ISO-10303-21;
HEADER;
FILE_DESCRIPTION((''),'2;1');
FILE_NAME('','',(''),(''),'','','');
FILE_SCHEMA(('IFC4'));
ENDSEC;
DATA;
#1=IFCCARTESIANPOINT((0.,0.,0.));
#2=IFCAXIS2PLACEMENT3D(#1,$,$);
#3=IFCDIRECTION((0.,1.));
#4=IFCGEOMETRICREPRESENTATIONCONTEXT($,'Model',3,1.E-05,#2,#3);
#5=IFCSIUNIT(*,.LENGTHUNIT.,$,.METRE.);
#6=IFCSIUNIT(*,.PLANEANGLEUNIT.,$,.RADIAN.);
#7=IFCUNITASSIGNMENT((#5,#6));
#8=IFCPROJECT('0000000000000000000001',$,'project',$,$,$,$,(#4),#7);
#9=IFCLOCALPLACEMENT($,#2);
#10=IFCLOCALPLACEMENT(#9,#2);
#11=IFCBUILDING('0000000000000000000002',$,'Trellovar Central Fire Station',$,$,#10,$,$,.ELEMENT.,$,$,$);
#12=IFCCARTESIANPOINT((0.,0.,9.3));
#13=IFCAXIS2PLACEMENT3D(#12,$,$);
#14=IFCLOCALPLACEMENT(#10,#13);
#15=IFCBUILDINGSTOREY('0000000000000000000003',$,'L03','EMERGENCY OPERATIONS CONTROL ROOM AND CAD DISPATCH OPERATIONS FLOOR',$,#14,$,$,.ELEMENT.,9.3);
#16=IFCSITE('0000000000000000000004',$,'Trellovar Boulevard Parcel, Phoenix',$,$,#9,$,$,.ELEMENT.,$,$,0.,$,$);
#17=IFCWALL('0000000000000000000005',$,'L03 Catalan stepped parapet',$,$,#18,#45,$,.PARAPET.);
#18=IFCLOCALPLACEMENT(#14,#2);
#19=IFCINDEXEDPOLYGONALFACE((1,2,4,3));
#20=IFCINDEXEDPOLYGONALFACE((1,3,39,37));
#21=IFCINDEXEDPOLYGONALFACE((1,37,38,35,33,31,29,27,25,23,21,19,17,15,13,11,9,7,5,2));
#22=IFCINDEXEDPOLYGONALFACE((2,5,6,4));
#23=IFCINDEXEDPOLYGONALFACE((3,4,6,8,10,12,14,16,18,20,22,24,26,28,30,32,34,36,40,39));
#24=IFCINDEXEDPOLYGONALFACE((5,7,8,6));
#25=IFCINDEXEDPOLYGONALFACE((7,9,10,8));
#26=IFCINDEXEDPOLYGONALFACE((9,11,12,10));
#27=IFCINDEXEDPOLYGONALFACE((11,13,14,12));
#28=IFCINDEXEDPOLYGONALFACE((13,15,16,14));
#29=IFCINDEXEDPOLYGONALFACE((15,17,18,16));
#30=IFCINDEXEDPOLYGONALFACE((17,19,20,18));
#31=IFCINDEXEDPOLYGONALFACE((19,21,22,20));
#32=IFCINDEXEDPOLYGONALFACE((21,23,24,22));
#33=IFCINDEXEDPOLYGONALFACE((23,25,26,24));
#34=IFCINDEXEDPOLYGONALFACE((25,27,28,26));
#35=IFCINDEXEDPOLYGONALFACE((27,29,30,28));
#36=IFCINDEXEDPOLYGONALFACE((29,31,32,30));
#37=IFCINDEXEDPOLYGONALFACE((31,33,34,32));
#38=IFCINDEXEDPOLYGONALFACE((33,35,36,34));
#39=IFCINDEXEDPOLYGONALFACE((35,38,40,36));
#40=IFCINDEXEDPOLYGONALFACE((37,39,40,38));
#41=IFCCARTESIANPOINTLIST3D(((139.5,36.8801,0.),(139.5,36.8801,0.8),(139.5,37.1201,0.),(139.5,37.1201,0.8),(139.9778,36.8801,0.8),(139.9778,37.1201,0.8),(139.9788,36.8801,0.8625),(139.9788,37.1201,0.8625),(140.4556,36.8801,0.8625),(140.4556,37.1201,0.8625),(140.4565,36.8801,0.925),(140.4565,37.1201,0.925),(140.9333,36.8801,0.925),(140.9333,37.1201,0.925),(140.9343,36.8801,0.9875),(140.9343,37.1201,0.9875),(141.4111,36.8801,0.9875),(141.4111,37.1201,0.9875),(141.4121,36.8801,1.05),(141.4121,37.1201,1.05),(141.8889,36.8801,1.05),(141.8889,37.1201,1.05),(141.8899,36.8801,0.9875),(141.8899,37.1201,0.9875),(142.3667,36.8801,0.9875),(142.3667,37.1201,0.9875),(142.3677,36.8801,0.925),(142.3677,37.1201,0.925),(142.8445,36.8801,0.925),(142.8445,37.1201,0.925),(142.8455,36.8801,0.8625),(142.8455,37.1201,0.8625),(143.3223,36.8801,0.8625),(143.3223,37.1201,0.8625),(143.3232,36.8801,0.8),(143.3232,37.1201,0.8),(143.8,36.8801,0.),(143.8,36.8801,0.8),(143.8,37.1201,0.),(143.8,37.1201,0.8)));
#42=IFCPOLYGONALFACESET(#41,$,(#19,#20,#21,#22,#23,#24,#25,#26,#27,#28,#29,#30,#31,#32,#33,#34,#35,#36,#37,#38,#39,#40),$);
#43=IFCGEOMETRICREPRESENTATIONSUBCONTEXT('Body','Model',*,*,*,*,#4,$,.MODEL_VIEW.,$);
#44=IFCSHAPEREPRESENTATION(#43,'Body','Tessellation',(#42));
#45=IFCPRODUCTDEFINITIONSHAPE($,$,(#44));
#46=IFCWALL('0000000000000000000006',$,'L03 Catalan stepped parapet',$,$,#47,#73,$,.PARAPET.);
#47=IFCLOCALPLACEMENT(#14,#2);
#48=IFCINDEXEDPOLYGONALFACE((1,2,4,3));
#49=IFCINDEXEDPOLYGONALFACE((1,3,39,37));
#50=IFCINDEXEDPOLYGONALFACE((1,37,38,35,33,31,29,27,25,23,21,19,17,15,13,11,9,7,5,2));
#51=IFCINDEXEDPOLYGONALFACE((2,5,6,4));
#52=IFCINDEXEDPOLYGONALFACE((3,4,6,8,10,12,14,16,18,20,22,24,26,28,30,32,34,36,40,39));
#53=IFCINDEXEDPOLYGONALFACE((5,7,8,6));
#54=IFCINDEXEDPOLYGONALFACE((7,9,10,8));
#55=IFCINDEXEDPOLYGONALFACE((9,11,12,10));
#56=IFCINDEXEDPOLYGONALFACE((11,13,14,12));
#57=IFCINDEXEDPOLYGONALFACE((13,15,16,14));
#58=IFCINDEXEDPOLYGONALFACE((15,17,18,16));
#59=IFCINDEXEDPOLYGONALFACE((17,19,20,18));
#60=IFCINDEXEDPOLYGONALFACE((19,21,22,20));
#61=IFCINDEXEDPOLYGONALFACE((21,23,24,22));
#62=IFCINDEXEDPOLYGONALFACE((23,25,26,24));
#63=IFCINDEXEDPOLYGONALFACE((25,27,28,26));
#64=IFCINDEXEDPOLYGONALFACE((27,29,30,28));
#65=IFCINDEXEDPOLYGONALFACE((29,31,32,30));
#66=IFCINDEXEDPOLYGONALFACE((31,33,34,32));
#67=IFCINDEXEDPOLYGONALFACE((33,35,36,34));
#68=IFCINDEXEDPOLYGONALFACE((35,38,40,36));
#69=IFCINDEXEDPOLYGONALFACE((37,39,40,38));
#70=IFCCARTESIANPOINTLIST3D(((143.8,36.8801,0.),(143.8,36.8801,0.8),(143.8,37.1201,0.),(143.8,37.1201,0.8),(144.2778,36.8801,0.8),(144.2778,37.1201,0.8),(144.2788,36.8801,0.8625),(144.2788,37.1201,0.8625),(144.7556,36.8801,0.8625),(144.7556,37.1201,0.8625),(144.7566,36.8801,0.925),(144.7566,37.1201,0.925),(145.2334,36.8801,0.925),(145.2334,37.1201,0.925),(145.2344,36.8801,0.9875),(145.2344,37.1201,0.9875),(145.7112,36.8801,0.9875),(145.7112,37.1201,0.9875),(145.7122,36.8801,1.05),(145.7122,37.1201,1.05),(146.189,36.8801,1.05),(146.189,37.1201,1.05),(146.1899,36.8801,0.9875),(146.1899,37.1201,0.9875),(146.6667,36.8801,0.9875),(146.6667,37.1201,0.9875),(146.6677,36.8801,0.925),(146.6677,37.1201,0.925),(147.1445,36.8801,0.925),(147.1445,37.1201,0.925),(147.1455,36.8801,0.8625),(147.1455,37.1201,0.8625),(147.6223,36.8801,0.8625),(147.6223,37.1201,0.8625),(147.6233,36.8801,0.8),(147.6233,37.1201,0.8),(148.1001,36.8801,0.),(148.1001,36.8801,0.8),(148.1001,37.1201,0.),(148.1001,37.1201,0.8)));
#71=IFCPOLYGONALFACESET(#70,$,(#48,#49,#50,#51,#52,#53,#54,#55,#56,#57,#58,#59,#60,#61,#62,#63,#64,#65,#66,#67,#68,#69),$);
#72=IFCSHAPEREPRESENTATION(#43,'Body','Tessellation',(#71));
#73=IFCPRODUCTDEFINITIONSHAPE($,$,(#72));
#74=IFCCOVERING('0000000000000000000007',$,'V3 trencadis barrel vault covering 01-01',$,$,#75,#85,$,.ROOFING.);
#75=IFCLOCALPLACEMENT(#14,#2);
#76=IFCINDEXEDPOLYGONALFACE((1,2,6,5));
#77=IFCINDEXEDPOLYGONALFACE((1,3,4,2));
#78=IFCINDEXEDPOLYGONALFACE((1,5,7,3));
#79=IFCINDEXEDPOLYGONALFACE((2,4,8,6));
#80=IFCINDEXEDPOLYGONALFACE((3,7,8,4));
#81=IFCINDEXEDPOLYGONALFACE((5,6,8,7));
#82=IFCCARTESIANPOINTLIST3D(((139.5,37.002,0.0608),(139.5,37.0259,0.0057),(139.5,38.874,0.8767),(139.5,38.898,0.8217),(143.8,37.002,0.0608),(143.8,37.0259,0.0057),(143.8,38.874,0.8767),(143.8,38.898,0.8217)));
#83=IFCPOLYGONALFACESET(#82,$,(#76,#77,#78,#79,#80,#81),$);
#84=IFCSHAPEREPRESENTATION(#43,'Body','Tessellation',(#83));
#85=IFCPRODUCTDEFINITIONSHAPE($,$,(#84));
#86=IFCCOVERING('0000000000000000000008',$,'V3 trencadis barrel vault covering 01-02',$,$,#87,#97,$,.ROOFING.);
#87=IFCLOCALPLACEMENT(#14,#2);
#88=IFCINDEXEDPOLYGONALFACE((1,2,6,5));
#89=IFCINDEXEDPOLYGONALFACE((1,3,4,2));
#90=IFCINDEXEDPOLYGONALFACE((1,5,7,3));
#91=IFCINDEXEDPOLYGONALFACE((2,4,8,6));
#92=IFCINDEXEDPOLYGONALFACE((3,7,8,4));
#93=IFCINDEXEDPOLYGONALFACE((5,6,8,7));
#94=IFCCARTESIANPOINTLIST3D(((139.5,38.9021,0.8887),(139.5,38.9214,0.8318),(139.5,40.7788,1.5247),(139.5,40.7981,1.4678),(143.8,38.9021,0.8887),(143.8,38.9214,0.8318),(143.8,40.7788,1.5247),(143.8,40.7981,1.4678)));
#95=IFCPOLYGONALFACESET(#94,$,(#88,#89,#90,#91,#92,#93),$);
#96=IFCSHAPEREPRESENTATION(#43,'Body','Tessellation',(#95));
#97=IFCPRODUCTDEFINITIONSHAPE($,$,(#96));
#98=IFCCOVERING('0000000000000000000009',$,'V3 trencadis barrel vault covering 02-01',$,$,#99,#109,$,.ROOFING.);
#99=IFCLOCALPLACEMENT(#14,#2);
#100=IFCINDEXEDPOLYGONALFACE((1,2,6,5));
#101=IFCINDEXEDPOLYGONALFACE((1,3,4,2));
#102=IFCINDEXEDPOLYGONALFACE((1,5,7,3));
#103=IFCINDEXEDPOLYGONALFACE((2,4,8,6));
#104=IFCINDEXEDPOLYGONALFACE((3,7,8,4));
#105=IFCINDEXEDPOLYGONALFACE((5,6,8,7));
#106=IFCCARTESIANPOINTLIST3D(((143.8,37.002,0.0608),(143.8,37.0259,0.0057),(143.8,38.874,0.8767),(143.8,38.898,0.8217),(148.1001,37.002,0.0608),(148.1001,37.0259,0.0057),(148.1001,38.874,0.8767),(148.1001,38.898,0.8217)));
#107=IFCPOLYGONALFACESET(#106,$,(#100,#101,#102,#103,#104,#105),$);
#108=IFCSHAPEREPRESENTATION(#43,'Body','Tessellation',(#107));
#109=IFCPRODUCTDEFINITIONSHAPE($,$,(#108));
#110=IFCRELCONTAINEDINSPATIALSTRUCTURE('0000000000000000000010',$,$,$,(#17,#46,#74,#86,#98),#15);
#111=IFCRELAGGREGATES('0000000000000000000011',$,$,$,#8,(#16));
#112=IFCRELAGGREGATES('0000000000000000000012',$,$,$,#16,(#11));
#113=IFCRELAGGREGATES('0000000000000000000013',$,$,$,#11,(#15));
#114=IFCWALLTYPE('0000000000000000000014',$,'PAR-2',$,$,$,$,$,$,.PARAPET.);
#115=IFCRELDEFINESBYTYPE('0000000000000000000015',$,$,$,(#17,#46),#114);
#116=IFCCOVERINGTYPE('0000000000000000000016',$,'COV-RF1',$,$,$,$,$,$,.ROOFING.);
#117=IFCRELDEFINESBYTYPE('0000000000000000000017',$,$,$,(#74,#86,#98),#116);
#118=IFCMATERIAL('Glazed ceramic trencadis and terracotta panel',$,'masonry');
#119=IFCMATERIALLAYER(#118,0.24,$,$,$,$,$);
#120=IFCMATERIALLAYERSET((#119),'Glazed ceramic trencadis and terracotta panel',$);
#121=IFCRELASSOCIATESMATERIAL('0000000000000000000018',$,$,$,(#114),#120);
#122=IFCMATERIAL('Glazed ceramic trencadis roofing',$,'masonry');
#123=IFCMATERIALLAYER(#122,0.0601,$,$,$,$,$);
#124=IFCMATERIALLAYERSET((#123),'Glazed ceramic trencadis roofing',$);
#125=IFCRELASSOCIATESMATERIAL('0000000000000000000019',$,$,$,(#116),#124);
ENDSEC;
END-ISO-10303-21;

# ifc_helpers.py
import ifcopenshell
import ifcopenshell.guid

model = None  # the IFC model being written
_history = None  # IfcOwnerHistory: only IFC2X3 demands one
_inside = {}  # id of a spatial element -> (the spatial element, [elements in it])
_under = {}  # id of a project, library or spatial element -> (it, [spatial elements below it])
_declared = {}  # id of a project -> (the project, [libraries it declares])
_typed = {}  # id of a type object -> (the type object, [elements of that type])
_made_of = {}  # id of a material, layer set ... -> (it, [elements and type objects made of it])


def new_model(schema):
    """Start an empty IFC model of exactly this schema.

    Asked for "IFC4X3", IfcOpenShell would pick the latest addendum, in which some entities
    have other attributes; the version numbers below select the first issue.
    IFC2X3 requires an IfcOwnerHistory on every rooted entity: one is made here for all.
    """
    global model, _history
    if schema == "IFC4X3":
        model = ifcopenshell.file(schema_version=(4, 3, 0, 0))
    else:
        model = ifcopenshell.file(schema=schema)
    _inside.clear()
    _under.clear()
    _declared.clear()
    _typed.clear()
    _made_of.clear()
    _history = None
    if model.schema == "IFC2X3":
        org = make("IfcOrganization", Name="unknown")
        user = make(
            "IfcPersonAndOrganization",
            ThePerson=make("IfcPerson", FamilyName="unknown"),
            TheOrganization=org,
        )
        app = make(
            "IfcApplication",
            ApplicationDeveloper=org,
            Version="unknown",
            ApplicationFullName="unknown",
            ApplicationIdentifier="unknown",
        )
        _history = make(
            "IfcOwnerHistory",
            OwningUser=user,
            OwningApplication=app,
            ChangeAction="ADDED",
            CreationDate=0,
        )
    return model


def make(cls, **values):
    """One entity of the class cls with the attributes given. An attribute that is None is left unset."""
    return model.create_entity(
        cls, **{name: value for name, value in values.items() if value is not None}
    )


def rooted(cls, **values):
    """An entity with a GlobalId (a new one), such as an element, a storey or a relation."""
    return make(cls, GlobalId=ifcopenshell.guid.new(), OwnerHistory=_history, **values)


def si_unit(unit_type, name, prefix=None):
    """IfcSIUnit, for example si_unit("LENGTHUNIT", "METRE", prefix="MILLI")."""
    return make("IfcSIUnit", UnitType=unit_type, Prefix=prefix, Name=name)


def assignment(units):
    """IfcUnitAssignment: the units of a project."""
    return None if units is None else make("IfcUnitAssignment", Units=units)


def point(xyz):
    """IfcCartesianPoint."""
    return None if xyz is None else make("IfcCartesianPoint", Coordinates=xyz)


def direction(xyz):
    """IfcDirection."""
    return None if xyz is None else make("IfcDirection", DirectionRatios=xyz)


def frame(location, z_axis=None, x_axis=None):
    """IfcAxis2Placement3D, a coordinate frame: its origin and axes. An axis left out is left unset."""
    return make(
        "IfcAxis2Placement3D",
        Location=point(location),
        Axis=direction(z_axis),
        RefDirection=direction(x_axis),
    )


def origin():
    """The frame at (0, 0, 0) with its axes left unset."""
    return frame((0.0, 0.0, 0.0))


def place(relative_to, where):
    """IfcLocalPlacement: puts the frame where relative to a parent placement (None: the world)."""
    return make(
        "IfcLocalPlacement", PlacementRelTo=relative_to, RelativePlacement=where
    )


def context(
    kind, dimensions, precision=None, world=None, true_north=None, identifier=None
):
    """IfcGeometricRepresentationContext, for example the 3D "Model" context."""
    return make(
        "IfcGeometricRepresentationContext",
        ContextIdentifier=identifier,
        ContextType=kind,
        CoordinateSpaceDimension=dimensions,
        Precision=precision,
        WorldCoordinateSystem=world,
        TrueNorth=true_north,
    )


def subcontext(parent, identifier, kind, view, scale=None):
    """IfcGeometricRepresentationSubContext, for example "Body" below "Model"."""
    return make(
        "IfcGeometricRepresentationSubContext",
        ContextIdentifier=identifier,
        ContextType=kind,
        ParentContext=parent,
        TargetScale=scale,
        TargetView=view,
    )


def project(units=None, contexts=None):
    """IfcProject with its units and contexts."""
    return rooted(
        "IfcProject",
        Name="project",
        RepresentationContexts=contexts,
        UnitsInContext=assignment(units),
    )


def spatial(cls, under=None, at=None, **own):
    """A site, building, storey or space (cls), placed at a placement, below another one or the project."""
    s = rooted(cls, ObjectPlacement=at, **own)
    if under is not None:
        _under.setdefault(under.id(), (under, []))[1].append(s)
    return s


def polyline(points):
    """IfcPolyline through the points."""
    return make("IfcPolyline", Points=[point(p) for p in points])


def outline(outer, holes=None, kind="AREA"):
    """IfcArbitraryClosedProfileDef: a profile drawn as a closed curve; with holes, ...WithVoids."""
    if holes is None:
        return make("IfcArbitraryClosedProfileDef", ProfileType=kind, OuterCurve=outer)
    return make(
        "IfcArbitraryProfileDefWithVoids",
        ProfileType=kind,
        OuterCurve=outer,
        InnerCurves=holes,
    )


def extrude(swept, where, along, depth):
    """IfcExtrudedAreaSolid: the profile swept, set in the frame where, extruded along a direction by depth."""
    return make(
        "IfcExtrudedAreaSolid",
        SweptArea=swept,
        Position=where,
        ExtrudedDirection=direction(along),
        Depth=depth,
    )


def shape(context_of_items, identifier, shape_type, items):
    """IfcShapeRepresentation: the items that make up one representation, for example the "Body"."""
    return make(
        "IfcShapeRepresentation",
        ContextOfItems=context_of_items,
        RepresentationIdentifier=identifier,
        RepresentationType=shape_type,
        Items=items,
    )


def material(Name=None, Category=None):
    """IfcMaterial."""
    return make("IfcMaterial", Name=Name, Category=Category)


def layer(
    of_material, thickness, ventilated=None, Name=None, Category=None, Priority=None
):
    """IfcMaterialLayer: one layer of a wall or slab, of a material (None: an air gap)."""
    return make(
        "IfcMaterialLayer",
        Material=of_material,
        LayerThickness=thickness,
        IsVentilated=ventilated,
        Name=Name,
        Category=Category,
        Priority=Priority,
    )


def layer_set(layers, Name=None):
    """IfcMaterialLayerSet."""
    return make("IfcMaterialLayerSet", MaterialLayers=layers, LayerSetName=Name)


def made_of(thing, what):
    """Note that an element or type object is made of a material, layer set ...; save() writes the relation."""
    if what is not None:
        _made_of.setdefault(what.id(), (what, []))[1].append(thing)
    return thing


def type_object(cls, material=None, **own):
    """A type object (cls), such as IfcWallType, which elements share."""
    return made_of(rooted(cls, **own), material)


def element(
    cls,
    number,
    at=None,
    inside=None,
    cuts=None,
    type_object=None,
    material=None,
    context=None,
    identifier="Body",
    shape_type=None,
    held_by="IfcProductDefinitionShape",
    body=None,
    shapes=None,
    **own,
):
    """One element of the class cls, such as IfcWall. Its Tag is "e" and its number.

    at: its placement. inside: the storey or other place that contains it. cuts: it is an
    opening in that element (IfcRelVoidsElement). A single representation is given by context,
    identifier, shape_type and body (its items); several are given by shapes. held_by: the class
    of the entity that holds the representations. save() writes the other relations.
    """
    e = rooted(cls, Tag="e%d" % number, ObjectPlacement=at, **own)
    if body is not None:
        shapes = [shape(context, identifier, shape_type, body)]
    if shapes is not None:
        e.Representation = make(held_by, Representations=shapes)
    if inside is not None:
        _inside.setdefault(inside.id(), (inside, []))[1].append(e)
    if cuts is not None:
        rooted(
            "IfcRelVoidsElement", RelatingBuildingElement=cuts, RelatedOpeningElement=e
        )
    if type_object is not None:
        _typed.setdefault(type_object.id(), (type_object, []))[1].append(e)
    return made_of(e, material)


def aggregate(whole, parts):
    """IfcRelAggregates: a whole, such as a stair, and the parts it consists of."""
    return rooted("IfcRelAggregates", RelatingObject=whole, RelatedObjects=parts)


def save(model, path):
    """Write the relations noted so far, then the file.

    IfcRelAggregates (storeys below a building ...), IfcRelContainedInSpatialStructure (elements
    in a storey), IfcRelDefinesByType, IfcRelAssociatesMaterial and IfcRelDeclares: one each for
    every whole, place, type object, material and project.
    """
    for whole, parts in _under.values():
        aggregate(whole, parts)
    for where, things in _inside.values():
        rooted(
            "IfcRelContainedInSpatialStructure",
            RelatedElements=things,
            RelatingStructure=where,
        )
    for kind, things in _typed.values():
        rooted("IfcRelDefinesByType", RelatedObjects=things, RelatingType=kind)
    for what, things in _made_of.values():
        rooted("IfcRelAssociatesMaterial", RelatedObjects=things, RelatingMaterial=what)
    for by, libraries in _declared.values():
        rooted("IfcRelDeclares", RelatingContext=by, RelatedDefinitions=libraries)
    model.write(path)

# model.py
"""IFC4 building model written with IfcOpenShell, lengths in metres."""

from ifc_helpers import new_model, si_unit, direction, frame, origin, place, context, subcontext, project, spatial, polyline, outline, extrude, material, layer, layer_set, type_object, element, save


model = new_model("IFC4")

# Units and contexts
model_context = context("Model", 3, precision=1e-05, world=origin(), true_north=direction((0.0, 1.0)))
body_context = subcontext(model_context, "Body", "Model", "MODEL_VIEW")
ifc_project = project(units=[si_unit("LENGTHUNIT", "METRE"), si_unit("PLANEANGLEUNIT", "RADIAN")], contexts=[model_context])

# Site, building, storey
site_placement = place(None, origin())
site = spatial("IfcSite", under=ifc_project, at=site_placement, Name="Trellovar Boulevard Parcel, Phoenix", CompositionType="ELEMENT", RefElevation=0.0)
building_placement = place(site_placement, origin())
building = spatial("IfcBuilding", under=site, at=building_placement, Name="Trellovar Central Fire Station", CompositionType="ELEMENT")
storey_placement = place(building_placement, frame((0.0, 0.0, 9.3)))
storey = spatial("IfcBuildingStorey", under=building, at=storey_placement, Name="L03", Description="EMERGENCY OPERATIONS CONTROL ROOM AND CAD DISPATCH OPERATIONS FLOOR", CompositionType="ELEMENT", Elevation=9.3)

# Walls
ifc_material_1 = material(Name="Glazed ceramic trencadis and terracotta panel", Category="masonry")
ifc_layer_1 = layer(ifc_material_1, 0.24)
ifc_layer_set_1 = layer_set([ifc_layer_1], Name="Glazed ceramic trencadis and terracotta panel")
wall_type_1 = type_object("IfcWallType", Name="PAR-2", PredefinedType="PARAPET", material=ifc_layer_set_1)
for number, where, z_axis, x_axis, name in (
    (1, (139.5, 37.0, 0.0), (0.0, 0.0, 1.0), (1.0, 0.0, 0.0), "L03 Catalan stepped parapet"),
    (2, (143.8, 37.0, 0.0), (0.0, 0.0, 1.0), (1.0, 0.0, 0.0), "L03 Catalan stepped parapet"),
):
    element("IfcWall", number, at=place(storey_placement, frame(where, z_axis=z_axis, x_axis=x_axis)), inside=storey, type_object=wall_type_1, Name=name, PredefinedType="PARAPET", context=body_context, shape_type="SweptSolid", body=[
        extrude(outline(polyline([(0.0, 0.0), (4.3, 0.0), (4.3, 0.8), (3.8232, 0.8), (3.8223, 0.8625), (3.3455, 0.8625), (3.3445, 0.925), (2.8677, 0.925), (2.8667, 0.9875), (2.3899, 0.9875), (2.3889, 1.05), (1.9121, 1.05), (1.9111, 0.9875), (1.4343, 0.9875), (1.4333, 0.925), (0.9565, 0.925), (0.9556, 0.8625), (0.4788, 0.8625), (0.4778, 0.8), (0.0, 0.8), (0.0, 0.0)])), frame((0.0, 0.1201, 0.0), z_axis=(0.0, -1.0, 0.0), x_axis=(1.0, 0.0, 0.0)), (0.0, 0.0, 1.0), 0.24),
    ])

# Coverings
ifc_material_2 = material(Name="Glazed ceramic trencadis roofing", Category="masonry")
ifc_layer_2 = layer(ifc_material_2, 0.0601)
ifc_layer_set_2 = layer_set([ifc_layer_2], Name="Glazed ceramic trencadis roofing")
covering_type = type_object("IfcCoveringType", Name="COV-RF1", PredefinedType="ROOFING", material=ifc_layer_set_2)
covering_1_placement = place(storey_placement, frame((139.5, 37.002, 0.0608), z_axis=(0.0, -0.399539, 0.916716), x_axis=(1.0, 0.0, 0.0)))
element("IfcCovering", 3, at=covering_1_placement, inside=storey, type_object=covering_type, Name="V3 trencadis barrel vault covering 01-01", PredefinedType="ROOFING", context=body_context, shape_type="SweptSolid", body=[
    extrude(outline(polyline([(0.0, 0.0), (4.3, 0.0), (4.3, 2.0421), (0.0, 2.0421), (0.0, 0.0)])), origin(), (0.0, 0.0, -1.0), 0.0601),
])
covering_2_placement = place(storey_placement, frame((139.5, 38.9021, 0.8887), z_axis=(0.0, -0.320955, 0.947094), x_axis=(1.0, 0.0, 0.0)))
element("IfcCovering", 4, at=covering_2_placement, inside=storey, type_object=covering_type, Name="V3 trencadis barrel vault covering 01-02", PredefinedType="ROOFING", context=body_context, shape_type="SweptSolid", body=[
    extrude(outline(polyline([(0.0, 0.0), (4.3, 0.0), (4.3, 1.9815), (0.0, 1.9815), (0.0, 0.0)])), origin(), (0.0, 0.0, -1.0), 0.0601),
])
covering_3_placement = place(storey_placement, frame((143.8, 37.002, 0.0608), z_axis=(0.0, -0.399539, 0.916716), x_axis=(1.0, 0.0, 0.0)))
element("IfcCovering", 5, at=covering_3_placement, inside=storey, type_object=covering_type, Name="V3 trencadis barrel vault covering 02-01", PredefinedType="ROOFING", context=body_context, shape_type="SweptSolid", body=[
    extrude(outline(polyline([(0.0, 0.0), (4.3, 0.0), (4.3, 2.0421), (0.0, 2.0421), (0.0, 0.0)])), origin(), (0.0, 0.0, -1.0), 0.0601),
])

save(model, "model.ifc")
